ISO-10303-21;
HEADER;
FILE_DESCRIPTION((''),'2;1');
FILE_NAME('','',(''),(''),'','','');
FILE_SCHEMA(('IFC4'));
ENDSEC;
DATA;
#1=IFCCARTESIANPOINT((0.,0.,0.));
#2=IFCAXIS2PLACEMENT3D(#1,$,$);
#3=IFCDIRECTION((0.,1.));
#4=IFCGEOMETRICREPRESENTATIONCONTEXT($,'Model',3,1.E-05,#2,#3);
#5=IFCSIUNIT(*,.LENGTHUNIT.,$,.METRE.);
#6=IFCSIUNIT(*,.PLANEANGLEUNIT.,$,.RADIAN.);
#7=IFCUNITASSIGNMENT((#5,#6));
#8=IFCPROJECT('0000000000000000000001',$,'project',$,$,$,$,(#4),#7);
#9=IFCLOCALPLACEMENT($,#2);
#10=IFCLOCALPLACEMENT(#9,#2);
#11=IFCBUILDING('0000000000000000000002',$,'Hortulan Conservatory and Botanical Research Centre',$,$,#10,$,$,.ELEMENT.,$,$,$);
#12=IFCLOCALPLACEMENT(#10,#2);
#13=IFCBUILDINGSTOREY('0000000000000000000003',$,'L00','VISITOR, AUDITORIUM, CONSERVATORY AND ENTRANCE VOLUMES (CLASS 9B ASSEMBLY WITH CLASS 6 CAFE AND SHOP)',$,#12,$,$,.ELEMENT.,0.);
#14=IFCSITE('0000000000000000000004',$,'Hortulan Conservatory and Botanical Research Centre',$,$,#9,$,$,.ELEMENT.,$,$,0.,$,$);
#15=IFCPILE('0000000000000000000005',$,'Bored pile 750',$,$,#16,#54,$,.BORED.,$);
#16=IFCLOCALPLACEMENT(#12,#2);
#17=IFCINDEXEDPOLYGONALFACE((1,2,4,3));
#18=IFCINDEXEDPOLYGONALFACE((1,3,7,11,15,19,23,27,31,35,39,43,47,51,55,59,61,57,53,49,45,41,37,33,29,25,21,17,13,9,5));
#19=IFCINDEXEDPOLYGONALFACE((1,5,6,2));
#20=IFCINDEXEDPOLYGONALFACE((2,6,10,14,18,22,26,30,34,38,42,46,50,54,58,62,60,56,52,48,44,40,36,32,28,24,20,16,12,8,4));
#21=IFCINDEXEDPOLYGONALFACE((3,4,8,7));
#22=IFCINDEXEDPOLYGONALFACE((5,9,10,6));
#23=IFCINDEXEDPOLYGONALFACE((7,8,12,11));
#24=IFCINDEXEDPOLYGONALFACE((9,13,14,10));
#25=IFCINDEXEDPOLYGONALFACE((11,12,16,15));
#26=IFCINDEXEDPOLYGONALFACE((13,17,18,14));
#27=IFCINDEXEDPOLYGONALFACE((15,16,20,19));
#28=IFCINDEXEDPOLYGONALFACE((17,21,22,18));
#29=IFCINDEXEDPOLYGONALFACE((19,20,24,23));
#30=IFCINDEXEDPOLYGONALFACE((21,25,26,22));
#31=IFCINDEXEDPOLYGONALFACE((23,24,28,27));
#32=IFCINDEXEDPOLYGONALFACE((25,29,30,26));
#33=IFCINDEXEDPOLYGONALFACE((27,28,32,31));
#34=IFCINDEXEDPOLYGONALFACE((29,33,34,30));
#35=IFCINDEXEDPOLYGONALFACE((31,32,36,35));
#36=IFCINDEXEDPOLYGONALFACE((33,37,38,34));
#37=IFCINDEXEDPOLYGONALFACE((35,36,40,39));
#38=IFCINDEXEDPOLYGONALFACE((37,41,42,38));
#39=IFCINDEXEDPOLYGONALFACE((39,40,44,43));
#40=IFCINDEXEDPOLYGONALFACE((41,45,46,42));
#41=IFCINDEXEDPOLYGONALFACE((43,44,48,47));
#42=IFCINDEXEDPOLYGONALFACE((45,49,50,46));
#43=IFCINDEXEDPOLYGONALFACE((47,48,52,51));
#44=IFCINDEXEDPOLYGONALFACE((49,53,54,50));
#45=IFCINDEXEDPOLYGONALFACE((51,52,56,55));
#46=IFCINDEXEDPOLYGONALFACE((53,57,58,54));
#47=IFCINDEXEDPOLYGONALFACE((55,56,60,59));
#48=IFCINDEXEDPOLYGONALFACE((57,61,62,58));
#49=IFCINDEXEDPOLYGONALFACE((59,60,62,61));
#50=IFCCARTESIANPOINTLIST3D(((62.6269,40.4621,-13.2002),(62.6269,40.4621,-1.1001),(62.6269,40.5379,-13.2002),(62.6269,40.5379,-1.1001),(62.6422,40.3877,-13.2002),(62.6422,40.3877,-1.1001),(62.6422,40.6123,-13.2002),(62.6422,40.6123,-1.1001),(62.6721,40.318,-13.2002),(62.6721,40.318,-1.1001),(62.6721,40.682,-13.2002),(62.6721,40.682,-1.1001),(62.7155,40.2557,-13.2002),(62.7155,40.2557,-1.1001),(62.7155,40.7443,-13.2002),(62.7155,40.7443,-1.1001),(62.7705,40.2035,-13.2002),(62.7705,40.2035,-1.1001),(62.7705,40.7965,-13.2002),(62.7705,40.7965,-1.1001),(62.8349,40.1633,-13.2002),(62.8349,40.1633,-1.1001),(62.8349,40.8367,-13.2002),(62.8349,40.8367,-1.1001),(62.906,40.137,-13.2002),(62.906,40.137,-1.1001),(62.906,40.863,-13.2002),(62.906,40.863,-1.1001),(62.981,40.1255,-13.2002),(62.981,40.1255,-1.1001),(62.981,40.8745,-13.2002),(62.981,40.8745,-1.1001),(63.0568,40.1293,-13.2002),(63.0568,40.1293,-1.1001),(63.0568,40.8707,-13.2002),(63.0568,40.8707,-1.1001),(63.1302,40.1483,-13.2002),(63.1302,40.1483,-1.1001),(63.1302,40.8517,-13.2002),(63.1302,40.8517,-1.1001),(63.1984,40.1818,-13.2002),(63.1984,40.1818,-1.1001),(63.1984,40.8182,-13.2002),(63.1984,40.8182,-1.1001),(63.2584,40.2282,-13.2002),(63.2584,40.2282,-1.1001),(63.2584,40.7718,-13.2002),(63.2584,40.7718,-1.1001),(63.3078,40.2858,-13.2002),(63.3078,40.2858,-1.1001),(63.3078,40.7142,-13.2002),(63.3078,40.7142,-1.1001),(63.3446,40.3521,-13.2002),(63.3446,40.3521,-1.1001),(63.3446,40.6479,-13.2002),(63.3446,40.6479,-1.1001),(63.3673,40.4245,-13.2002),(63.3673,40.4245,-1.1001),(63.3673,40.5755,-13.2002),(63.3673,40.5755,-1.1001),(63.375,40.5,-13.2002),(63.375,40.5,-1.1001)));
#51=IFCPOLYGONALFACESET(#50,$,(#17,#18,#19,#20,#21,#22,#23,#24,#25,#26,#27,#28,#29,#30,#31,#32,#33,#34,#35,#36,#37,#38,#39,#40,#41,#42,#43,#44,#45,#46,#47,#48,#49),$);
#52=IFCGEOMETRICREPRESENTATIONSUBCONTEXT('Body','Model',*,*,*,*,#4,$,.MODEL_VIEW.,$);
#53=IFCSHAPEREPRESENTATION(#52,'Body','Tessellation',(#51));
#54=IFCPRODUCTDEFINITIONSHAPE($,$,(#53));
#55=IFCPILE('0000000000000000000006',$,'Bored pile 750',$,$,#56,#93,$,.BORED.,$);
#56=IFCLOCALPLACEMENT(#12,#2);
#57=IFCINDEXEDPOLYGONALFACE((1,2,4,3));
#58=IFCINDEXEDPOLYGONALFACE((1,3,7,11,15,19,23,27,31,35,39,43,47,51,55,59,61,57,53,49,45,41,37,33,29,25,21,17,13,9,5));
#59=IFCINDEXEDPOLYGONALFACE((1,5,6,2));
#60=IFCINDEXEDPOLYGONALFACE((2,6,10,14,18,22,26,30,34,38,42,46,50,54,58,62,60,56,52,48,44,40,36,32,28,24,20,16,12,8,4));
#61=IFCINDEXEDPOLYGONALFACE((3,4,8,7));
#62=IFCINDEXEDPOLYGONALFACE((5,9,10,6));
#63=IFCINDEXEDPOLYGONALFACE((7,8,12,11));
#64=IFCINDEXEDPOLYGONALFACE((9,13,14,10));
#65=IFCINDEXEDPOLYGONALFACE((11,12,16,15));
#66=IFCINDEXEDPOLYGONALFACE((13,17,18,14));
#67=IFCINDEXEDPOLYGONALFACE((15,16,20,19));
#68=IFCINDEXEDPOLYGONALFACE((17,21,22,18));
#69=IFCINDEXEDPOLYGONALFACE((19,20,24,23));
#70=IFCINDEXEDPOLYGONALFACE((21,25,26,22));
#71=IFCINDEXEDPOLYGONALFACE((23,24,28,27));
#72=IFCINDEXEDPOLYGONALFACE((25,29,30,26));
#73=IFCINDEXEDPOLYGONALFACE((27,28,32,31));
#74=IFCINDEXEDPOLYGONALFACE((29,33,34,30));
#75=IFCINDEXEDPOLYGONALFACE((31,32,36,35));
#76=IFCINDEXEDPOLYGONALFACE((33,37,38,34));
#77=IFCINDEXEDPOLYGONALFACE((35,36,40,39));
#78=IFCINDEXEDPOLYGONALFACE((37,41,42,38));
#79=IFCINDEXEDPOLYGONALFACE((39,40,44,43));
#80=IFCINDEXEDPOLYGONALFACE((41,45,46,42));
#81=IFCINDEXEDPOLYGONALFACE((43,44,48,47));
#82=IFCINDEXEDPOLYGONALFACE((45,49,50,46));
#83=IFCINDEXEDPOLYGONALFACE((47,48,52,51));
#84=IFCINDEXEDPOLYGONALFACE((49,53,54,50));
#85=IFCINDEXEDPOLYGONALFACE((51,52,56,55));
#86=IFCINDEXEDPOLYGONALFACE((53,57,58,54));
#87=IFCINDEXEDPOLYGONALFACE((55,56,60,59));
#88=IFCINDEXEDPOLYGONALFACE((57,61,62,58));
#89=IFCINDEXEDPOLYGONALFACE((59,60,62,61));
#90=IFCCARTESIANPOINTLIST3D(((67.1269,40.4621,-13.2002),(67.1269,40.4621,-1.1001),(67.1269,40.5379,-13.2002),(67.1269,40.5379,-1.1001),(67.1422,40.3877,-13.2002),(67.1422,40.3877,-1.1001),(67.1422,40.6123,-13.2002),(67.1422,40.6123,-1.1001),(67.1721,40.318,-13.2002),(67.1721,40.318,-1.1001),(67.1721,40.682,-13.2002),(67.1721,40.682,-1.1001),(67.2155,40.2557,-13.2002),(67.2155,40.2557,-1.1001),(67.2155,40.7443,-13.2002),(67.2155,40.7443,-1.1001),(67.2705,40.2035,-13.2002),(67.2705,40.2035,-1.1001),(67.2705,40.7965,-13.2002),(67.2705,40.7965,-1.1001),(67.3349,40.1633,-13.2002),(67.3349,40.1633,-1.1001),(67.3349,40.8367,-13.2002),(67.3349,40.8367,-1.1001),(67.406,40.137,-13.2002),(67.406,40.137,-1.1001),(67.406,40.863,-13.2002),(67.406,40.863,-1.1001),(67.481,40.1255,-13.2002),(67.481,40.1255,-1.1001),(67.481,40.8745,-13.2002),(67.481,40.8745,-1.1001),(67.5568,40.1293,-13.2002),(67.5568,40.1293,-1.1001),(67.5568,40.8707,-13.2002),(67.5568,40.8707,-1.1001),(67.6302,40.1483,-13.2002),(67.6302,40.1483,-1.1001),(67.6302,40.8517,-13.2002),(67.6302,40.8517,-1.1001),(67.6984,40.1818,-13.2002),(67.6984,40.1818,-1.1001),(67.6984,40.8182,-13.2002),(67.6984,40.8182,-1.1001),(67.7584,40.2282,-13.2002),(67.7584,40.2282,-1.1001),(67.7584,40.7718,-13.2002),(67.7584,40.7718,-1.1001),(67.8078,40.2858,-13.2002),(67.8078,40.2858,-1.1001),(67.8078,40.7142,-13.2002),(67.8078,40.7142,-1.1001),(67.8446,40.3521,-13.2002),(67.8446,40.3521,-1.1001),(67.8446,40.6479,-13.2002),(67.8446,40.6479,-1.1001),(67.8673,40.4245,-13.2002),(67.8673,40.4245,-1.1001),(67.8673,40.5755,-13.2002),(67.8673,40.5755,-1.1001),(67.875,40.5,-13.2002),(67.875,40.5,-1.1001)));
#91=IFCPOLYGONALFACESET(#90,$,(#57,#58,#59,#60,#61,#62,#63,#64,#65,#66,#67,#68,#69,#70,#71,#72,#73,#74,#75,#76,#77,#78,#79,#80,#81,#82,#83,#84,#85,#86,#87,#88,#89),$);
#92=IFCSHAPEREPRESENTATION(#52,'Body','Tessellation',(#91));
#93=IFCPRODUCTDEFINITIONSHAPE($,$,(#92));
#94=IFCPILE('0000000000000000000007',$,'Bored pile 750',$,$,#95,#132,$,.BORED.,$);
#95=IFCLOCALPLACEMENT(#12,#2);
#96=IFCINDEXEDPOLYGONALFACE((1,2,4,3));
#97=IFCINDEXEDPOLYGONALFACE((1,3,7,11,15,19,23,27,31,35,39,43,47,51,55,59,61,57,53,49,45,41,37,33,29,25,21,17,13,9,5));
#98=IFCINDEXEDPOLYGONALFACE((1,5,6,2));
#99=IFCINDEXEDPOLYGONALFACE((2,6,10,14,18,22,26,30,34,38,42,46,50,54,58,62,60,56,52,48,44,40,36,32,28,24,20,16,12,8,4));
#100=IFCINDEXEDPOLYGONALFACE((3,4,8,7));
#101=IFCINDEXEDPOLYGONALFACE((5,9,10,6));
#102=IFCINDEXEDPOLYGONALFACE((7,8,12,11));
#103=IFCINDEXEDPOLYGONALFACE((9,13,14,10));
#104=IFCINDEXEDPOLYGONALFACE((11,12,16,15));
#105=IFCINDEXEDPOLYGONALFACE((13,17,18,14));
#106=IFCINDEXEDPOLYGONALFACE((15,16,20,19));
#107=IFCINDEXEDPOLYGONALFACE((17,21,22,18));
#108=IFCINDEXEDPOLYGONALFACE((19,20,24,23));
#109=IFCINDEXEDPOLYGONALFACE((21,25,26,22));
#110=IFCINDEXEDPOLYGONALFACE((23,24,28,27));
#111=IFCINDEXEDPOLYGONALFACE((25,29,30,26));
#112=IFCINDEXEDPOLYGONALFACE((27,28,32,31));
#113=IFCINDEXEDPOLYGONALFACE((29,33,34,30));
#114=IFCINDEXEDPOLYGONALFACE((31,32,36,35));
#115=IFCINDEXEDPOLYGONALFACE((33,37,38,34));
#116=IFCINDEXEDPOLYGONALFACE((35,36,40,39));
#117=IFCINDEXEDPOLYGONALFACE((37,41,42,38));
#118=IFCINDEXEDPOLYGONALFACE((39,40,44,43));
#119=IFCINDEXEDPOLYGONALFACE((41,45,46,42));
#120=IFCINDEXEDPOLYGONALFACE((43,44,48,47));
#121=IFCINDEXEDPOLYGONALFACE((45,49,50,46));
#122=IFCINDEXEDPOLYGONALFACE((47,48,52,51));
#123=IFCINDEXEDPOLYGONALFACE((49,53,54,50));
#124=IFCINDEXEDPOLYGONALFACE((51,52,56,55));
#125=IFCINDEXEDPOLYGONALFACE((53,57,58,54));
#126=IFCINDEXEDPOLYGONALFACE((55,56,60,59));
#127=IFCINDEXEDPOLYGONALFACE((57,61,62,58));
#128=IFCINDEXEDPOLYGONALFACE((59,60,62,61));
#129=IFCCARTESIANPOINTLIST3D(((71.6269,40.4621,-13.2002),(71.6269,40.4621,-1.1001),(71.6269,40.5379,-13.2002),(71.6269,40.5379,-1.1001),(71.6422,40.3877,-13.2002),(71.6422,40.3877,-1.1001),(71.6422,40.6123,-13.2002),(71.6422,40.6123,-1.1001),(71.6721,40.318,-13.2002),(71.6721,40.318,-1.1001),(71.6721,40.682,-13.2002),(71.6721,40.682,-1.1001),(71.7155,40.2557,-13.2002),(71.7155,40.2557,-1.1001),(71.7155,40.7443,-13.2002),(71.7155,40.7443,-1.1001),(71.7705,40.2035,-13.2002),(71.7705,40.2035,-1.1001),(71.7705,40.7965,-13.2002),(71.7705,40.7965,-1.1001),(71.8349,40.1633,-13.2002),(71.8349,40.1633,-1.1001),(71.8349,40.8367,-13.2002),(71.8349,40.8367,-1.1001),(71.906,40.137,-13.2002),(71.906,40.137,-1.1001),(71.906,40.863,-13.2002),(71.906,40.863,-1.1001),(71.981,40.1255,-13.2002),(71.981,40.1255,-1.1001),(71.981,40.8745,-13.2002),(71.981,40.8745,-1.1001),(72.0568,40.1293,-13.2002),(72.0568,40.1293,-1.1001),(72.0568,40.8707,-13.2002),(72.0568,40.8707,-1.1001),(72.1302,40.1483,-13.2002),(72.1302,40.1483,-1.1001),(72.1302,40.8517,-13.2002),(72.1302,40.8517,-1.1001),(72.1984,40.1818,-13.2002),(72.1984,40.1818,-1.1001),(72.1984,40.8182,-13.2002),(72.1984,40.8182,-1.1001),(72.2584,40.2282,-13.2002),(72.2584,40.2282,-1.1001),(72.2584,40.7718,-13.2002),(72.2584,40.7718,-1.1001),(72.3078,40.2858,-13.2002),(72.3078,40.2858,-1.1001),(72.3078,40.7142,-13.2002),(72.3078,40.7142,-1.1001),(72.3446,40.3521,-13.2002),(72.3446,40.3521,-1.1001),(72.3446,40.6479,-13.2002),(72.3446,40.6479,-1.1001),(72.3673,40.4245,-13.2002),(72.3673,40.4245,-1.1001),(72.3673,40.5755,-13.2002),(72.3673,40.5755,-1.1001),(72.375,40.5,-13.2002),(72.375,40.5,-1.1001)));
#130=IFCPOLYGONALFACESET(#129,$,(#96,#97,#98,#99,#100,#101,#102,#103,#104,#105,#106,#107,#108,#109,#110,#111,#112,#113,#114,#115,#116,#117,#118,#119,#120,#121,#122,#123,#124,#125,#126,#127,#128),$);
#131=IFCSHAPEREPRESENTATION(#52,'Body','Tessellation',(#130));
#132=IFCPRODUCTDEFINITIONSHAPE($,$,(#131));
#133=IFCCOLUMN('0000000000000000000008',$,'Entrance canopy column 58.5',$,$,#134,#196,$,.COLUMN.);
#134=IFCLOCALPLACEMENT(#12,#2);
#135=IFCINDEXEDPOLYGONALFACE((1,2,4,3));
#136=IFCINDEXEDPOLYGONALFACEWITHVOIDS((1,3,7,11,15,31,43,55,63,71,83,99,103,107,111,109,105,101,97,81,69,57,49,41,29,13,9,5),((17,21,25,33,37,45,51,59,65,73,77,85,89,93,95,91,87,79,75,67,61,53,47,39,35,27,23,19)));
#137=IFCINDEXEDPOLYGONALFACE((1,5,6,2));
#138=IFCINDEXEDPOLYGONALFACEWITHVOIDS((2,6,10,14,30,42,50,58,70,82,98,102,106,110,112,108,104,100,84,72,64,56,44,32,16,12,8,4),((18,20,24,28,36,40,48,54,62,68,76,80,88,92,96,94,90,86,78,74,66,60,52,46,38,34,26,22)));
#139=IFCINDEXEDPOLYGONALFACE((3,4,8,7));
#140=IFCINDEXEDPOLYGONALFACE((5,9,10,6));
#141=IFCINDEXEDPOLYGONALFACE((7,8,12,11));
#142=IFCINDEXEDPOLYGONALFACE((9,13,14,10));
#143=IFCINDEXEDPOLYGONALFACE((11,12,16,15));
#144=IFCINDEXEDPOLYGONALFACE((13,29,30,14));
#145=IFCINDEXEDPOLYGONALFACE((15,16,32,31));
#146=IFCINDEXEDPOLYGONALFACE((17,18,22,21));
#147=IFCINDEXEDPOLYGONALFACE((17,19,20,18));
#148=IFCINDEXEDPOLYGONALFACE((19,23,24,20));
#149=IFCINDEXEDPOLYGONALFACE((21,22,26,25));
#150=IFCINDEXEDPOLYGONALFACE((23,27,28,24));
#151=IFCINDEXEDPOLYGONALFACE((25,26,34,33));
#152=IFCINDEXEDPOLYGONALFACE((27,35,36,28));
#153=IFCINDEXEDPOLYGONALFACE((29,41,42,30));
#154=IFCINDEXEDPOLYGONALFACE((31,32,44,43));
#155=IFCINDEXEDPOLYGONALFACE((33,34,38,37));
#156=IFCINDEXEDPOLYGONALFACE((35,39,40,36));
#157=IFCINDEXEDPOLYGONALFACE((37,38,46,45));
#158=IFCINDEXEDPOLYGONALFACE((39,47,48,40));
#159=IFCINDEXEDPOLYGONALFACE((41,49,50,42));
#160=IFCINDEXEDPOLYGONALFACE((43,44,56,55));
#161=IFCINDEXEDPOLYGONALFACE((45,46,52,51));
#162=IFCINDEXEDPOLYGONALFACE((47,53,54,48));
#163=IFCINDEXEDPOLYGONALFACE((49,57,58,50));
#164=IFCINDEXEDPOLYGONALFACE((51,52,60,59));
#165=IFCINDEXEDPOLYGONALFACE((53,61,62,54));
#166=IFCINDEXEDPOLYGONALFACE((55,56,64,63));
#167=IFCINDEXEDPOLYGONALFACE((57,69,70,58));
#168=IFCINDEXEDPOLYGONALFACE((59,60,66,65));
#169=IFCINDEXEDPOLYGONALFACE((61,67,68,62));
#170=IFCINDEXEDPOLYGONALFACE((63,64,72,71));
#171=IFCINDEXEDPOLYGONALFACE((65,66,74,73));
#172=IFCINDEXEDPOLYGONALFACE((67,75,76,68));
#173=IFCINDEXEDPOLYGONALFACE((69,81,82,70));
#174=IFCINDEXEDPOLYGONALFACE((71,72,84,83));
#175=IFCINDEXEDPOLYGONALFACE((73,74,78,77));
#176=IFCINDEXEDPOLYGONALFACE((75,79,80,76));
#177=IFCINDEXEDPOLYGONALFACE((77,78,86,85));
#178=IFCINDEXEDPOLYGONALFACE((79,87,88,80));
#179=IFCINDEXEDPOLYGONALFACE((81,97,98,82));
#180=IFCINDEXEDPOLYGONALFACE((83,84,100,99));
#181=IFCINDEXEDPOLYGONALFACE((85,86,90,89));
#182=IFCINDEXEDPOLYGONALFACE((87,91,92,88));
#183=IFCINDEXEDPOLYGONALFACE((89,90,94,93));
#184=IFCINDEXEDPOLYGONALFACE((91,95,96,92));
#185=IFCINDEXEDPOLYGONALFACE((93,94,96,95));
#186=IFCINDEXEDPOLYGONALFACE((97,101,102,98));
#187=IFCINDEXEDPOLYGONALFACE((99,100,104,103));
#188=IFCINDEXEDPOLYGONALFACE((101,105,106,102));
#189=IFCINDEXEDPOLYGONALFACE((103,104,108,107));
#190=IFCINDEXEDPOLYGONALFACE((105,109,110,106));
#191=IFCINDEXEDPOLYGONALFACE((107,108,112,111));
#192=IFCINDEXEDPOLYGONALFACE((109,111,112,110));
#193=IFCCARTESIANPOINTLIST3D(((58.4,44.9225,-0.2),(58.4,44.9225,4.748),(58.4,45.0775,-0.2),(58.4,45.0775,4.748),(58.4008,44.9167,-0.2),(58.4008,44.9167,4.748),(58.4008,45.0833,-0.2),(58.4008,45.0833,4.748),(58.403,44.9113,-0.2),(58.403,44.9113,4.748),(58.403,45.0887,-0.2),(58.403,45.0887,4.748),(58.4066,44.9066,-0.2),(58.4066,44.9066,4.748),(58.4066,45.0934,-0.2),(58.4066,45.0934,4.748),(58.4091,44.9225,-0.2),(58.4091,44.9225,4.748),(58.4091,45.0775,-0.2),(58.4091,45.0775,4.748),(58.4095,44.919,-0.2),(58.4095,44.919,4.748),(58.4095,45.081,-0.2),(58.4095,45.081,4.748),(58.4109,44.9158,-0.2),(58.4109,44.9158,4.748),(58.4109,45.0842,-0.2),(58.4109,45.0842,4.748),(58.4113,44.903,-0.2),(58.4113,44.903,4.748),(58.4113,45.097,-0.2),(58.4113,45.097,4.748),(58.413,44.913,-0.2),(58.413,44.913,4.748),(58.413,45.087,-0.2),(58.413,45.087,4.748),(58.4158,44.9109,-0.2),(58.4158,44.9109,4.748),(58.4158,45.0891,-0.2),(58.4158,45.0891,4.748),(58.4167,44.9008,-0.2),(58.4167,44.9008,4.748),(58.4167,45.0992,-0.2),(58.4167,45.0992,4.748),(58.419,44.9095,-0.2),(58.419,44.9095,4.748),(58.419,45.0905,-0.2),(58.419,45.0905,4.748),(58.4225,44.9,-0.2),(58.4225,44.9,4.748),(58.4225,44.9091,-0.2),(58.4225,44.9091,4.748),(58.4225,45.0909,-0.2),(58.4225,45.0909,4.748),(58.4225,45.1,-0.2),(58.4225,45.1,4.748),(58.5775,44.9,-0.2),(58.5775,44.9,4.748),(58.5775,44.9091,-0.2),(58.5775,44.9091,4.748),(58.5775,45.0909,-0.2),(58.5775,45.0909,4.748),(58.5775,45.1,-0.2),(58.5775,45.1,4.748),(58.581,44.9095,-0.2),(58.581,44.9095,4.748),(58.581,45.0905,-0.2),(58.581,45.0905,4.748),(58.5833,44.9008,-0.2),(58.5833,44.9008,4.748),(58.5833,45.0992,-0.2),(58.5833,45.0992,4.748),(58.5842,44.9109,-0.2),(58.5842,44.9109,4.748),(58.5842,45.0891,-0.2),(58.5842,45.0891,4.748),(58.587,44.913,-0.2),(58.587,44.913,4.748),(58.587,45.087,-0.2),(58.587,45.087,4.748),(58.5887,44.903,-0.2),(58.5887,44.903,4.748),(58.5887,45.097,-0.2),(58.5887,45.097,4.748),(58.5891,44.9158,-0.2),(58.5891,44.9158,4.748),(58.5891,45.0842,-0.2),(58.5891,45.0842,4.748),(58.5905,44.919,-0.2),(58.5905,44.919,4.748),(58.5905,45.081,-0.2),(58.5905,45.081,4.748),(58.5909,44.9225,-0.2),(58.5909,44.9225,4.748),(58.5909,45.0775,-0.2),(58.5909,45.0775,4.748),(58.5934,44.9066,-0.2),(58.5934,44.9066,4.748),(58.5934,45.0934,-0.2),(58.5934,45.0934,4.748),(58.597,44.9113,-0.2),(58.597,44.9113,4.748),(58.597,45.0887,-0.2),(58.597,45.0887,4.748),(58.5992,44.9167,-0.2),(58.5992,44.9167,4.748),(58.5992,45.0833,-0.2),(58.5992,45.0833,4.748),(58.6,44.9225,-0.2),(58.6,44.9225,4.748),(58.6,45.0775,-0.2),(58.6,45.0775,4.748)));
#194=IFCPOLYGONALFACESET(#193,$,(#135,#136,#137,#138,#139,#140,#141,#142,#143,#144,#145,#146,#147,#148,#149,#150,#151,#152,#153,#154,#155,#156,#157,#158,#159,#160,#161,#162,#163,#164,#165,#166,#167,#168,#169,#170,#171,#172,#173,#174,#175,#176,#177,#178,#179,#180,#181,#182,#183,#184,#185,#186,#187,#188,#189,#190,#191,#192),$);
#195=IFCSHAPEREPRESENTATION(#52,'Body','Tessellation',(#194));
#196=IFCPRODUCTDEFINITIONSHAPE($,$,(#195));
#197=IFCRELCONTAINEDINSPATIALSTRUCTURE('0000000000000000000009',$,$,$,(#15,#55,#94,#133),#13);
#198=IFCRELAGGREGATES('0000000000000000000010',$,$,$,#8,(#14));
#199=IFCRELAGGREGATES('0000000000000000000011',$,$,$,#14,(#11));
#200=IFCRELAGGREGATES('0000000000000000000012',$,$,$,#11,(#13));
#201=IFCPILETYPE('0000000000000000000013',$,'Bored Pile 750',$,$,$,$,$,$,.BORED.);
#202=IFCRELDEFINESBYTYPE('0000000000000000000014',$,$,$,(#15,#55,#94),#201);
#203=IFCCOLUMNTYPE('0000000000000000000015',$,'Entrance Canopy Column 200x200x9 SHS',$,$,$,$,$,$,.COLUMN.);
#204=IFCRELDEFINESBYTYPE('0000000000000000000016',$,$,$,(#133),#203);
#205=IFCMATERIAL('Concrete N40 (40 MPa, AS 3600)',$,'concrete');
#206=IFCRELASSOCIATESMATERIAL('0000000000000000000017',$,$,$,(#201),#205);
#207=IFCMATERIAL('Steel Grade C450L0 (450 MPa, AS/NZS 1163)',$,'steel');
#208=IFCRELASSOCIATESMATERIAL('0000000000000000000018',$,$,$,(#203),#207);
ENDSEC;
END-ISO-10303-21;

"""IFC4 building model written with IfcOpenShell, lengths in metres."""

from ifc_helpers import new_model, si_unit, direction, frame, origin, origin_2d, place, context, subcontext, project, spatial, hollow_rectangle, circle, extrude, material, material_profile, profile_set, type_object, element, save


model = new_model("IFC4")

# Units and contexts
model_context = context("Model", 3, precision=1e-05, world=origin(), true_north=direction((0.0, 1.0)))
body_context = subcontext(model_context, "Body", "Model", "MODEL_VIEW")
ifc_project = project(units=[si_unit("LENGTHUNIT", "METRE"), si_unit("PLANEANGLEUNIT", "RADIAN")], contexts=[model_context])

# Site, building, storey
site_placement = place(None, origin())
site = spatial("IfcSite", under=ifc_project, at=site_placement, Name="Hortulan Conservatory and Botanical Research Centre", CompositionType="ELEMENT", RefElevation=0.0)
building_placement = place(site_placement, origin())
building = spatial("IfcBuilding", under=site, at=building_placement, Name="Hortulan Conservatory and Botanical Research Centre", CompositionType="ELEMENT")
storey_placement = place(building_placement, origin())
storey = spatial("IfcBuildingStorey", under=building, at=storey_placement, Name="L00", Description="VISITOR, AUDITORIUM, CONSERVATORY AND ENTRANCE VOLUMES (CLASS 9B ASSEMBLY WITH CLASS 6 CAFE AND SHOP)", CompositionType="ELEMENT", Elevation=0.0)

# Piles
ifc_material_1 = material(Name="Concrete N40 (40 MPa, AS 3600)", Category="concrete")
ifc_material_profile_1 = material_profile(ifc_material_1, circle(Radius=0.375, at=origin_2d()), Name="Bored pile 750 diameter")
ifc_profile_set_1 = profile_set([ifc_material_profile_1], Name="Concrete N40 (40 MPa, AS 3600)")
pile_type = type_object("IfcPileType", Name="Bored Pile 750", PredefinedType="BORED", material=ifc_profile_set_1)
for number, where, z_axis, x_axis, name in (
    (1, (63.0, 40.5, -1.1001), (0.0, 0.0, -1.0), (1.0, 0.0, 0.0), "Bored pile 750"),
    (2, (67.5, 40.5, -1.1001), (0.0, 0.0, -1.0), (1.0, 0.0, 0.0), "Bored pile 750"),
    (3, (72.0, 40.5, -1.1001), (0.0, 0.0, -1.0), (1.0, 0.0, 0.0), "Bored pile 750"),
):
    element("IfcPile", number, at=place(storey_placement, frame(where, z_axis=z_axis, x_axis=x_axis)), inside=storey, type_object=pile_type, Name=name, PredefinedType="BORED", context=body_context, shape_type="SweptSolid", body=[
        extrude(circle(Radius=0.375, at=origin_2d()), origin(), (0.0, 0.0, 1.0), 12.1001),
    ])

# Column
ifc_material_2 = material(Name="Steel Grade C450L0 (450 MPa, AS/NZS 1163)", Category="steel")
ifc_material_profile_2 = material_profile(ifc_material_2, hollow_rectangle(XDim=0.2, YDim=0.2, WallThickness=0.009, InnerFilletRadius=0.0134, OuterFilletRadius=0.0225, at=origin_2d()), Name="200x200x9SHS")
ifc_profile_set_2 = profile_set([ifc_material_profile_2], Name="Steel Grade C450L0 (450 MPa, AS/NZS 1163)")
column_type_1 = type_object("IfcColumnType", Name="Entrance Canopy Column 200x200x9 SHS", PredefinedType="COLUMN", material=ifc_profile_set_2)
column_placement = place(storey_placement, frame((58.5, 45.0, -0.2), z_axis=(0.0, 0.0, 1.0), x_axis=(1.0, 0.0, 0.0)))
element("IfcColumn", 4, at=column_placement, inside=storey, type_object=column_type_1, Name="Entrance canopy column 58.5", PredefinedType="COLUMN", context=body_context, shape_type="SweptSolid", body=[
    extrude(hollow_rectangle(XDim=0.2, YDim=0.2, WallThickness=0.009, InnerFilletRadius=0.0134, OuterFilletRadius=0.0225, at=origin_2d()), origin(), (0.0, 0.0, 1.0), 4.948),
])

save(model, "model.ifc")
